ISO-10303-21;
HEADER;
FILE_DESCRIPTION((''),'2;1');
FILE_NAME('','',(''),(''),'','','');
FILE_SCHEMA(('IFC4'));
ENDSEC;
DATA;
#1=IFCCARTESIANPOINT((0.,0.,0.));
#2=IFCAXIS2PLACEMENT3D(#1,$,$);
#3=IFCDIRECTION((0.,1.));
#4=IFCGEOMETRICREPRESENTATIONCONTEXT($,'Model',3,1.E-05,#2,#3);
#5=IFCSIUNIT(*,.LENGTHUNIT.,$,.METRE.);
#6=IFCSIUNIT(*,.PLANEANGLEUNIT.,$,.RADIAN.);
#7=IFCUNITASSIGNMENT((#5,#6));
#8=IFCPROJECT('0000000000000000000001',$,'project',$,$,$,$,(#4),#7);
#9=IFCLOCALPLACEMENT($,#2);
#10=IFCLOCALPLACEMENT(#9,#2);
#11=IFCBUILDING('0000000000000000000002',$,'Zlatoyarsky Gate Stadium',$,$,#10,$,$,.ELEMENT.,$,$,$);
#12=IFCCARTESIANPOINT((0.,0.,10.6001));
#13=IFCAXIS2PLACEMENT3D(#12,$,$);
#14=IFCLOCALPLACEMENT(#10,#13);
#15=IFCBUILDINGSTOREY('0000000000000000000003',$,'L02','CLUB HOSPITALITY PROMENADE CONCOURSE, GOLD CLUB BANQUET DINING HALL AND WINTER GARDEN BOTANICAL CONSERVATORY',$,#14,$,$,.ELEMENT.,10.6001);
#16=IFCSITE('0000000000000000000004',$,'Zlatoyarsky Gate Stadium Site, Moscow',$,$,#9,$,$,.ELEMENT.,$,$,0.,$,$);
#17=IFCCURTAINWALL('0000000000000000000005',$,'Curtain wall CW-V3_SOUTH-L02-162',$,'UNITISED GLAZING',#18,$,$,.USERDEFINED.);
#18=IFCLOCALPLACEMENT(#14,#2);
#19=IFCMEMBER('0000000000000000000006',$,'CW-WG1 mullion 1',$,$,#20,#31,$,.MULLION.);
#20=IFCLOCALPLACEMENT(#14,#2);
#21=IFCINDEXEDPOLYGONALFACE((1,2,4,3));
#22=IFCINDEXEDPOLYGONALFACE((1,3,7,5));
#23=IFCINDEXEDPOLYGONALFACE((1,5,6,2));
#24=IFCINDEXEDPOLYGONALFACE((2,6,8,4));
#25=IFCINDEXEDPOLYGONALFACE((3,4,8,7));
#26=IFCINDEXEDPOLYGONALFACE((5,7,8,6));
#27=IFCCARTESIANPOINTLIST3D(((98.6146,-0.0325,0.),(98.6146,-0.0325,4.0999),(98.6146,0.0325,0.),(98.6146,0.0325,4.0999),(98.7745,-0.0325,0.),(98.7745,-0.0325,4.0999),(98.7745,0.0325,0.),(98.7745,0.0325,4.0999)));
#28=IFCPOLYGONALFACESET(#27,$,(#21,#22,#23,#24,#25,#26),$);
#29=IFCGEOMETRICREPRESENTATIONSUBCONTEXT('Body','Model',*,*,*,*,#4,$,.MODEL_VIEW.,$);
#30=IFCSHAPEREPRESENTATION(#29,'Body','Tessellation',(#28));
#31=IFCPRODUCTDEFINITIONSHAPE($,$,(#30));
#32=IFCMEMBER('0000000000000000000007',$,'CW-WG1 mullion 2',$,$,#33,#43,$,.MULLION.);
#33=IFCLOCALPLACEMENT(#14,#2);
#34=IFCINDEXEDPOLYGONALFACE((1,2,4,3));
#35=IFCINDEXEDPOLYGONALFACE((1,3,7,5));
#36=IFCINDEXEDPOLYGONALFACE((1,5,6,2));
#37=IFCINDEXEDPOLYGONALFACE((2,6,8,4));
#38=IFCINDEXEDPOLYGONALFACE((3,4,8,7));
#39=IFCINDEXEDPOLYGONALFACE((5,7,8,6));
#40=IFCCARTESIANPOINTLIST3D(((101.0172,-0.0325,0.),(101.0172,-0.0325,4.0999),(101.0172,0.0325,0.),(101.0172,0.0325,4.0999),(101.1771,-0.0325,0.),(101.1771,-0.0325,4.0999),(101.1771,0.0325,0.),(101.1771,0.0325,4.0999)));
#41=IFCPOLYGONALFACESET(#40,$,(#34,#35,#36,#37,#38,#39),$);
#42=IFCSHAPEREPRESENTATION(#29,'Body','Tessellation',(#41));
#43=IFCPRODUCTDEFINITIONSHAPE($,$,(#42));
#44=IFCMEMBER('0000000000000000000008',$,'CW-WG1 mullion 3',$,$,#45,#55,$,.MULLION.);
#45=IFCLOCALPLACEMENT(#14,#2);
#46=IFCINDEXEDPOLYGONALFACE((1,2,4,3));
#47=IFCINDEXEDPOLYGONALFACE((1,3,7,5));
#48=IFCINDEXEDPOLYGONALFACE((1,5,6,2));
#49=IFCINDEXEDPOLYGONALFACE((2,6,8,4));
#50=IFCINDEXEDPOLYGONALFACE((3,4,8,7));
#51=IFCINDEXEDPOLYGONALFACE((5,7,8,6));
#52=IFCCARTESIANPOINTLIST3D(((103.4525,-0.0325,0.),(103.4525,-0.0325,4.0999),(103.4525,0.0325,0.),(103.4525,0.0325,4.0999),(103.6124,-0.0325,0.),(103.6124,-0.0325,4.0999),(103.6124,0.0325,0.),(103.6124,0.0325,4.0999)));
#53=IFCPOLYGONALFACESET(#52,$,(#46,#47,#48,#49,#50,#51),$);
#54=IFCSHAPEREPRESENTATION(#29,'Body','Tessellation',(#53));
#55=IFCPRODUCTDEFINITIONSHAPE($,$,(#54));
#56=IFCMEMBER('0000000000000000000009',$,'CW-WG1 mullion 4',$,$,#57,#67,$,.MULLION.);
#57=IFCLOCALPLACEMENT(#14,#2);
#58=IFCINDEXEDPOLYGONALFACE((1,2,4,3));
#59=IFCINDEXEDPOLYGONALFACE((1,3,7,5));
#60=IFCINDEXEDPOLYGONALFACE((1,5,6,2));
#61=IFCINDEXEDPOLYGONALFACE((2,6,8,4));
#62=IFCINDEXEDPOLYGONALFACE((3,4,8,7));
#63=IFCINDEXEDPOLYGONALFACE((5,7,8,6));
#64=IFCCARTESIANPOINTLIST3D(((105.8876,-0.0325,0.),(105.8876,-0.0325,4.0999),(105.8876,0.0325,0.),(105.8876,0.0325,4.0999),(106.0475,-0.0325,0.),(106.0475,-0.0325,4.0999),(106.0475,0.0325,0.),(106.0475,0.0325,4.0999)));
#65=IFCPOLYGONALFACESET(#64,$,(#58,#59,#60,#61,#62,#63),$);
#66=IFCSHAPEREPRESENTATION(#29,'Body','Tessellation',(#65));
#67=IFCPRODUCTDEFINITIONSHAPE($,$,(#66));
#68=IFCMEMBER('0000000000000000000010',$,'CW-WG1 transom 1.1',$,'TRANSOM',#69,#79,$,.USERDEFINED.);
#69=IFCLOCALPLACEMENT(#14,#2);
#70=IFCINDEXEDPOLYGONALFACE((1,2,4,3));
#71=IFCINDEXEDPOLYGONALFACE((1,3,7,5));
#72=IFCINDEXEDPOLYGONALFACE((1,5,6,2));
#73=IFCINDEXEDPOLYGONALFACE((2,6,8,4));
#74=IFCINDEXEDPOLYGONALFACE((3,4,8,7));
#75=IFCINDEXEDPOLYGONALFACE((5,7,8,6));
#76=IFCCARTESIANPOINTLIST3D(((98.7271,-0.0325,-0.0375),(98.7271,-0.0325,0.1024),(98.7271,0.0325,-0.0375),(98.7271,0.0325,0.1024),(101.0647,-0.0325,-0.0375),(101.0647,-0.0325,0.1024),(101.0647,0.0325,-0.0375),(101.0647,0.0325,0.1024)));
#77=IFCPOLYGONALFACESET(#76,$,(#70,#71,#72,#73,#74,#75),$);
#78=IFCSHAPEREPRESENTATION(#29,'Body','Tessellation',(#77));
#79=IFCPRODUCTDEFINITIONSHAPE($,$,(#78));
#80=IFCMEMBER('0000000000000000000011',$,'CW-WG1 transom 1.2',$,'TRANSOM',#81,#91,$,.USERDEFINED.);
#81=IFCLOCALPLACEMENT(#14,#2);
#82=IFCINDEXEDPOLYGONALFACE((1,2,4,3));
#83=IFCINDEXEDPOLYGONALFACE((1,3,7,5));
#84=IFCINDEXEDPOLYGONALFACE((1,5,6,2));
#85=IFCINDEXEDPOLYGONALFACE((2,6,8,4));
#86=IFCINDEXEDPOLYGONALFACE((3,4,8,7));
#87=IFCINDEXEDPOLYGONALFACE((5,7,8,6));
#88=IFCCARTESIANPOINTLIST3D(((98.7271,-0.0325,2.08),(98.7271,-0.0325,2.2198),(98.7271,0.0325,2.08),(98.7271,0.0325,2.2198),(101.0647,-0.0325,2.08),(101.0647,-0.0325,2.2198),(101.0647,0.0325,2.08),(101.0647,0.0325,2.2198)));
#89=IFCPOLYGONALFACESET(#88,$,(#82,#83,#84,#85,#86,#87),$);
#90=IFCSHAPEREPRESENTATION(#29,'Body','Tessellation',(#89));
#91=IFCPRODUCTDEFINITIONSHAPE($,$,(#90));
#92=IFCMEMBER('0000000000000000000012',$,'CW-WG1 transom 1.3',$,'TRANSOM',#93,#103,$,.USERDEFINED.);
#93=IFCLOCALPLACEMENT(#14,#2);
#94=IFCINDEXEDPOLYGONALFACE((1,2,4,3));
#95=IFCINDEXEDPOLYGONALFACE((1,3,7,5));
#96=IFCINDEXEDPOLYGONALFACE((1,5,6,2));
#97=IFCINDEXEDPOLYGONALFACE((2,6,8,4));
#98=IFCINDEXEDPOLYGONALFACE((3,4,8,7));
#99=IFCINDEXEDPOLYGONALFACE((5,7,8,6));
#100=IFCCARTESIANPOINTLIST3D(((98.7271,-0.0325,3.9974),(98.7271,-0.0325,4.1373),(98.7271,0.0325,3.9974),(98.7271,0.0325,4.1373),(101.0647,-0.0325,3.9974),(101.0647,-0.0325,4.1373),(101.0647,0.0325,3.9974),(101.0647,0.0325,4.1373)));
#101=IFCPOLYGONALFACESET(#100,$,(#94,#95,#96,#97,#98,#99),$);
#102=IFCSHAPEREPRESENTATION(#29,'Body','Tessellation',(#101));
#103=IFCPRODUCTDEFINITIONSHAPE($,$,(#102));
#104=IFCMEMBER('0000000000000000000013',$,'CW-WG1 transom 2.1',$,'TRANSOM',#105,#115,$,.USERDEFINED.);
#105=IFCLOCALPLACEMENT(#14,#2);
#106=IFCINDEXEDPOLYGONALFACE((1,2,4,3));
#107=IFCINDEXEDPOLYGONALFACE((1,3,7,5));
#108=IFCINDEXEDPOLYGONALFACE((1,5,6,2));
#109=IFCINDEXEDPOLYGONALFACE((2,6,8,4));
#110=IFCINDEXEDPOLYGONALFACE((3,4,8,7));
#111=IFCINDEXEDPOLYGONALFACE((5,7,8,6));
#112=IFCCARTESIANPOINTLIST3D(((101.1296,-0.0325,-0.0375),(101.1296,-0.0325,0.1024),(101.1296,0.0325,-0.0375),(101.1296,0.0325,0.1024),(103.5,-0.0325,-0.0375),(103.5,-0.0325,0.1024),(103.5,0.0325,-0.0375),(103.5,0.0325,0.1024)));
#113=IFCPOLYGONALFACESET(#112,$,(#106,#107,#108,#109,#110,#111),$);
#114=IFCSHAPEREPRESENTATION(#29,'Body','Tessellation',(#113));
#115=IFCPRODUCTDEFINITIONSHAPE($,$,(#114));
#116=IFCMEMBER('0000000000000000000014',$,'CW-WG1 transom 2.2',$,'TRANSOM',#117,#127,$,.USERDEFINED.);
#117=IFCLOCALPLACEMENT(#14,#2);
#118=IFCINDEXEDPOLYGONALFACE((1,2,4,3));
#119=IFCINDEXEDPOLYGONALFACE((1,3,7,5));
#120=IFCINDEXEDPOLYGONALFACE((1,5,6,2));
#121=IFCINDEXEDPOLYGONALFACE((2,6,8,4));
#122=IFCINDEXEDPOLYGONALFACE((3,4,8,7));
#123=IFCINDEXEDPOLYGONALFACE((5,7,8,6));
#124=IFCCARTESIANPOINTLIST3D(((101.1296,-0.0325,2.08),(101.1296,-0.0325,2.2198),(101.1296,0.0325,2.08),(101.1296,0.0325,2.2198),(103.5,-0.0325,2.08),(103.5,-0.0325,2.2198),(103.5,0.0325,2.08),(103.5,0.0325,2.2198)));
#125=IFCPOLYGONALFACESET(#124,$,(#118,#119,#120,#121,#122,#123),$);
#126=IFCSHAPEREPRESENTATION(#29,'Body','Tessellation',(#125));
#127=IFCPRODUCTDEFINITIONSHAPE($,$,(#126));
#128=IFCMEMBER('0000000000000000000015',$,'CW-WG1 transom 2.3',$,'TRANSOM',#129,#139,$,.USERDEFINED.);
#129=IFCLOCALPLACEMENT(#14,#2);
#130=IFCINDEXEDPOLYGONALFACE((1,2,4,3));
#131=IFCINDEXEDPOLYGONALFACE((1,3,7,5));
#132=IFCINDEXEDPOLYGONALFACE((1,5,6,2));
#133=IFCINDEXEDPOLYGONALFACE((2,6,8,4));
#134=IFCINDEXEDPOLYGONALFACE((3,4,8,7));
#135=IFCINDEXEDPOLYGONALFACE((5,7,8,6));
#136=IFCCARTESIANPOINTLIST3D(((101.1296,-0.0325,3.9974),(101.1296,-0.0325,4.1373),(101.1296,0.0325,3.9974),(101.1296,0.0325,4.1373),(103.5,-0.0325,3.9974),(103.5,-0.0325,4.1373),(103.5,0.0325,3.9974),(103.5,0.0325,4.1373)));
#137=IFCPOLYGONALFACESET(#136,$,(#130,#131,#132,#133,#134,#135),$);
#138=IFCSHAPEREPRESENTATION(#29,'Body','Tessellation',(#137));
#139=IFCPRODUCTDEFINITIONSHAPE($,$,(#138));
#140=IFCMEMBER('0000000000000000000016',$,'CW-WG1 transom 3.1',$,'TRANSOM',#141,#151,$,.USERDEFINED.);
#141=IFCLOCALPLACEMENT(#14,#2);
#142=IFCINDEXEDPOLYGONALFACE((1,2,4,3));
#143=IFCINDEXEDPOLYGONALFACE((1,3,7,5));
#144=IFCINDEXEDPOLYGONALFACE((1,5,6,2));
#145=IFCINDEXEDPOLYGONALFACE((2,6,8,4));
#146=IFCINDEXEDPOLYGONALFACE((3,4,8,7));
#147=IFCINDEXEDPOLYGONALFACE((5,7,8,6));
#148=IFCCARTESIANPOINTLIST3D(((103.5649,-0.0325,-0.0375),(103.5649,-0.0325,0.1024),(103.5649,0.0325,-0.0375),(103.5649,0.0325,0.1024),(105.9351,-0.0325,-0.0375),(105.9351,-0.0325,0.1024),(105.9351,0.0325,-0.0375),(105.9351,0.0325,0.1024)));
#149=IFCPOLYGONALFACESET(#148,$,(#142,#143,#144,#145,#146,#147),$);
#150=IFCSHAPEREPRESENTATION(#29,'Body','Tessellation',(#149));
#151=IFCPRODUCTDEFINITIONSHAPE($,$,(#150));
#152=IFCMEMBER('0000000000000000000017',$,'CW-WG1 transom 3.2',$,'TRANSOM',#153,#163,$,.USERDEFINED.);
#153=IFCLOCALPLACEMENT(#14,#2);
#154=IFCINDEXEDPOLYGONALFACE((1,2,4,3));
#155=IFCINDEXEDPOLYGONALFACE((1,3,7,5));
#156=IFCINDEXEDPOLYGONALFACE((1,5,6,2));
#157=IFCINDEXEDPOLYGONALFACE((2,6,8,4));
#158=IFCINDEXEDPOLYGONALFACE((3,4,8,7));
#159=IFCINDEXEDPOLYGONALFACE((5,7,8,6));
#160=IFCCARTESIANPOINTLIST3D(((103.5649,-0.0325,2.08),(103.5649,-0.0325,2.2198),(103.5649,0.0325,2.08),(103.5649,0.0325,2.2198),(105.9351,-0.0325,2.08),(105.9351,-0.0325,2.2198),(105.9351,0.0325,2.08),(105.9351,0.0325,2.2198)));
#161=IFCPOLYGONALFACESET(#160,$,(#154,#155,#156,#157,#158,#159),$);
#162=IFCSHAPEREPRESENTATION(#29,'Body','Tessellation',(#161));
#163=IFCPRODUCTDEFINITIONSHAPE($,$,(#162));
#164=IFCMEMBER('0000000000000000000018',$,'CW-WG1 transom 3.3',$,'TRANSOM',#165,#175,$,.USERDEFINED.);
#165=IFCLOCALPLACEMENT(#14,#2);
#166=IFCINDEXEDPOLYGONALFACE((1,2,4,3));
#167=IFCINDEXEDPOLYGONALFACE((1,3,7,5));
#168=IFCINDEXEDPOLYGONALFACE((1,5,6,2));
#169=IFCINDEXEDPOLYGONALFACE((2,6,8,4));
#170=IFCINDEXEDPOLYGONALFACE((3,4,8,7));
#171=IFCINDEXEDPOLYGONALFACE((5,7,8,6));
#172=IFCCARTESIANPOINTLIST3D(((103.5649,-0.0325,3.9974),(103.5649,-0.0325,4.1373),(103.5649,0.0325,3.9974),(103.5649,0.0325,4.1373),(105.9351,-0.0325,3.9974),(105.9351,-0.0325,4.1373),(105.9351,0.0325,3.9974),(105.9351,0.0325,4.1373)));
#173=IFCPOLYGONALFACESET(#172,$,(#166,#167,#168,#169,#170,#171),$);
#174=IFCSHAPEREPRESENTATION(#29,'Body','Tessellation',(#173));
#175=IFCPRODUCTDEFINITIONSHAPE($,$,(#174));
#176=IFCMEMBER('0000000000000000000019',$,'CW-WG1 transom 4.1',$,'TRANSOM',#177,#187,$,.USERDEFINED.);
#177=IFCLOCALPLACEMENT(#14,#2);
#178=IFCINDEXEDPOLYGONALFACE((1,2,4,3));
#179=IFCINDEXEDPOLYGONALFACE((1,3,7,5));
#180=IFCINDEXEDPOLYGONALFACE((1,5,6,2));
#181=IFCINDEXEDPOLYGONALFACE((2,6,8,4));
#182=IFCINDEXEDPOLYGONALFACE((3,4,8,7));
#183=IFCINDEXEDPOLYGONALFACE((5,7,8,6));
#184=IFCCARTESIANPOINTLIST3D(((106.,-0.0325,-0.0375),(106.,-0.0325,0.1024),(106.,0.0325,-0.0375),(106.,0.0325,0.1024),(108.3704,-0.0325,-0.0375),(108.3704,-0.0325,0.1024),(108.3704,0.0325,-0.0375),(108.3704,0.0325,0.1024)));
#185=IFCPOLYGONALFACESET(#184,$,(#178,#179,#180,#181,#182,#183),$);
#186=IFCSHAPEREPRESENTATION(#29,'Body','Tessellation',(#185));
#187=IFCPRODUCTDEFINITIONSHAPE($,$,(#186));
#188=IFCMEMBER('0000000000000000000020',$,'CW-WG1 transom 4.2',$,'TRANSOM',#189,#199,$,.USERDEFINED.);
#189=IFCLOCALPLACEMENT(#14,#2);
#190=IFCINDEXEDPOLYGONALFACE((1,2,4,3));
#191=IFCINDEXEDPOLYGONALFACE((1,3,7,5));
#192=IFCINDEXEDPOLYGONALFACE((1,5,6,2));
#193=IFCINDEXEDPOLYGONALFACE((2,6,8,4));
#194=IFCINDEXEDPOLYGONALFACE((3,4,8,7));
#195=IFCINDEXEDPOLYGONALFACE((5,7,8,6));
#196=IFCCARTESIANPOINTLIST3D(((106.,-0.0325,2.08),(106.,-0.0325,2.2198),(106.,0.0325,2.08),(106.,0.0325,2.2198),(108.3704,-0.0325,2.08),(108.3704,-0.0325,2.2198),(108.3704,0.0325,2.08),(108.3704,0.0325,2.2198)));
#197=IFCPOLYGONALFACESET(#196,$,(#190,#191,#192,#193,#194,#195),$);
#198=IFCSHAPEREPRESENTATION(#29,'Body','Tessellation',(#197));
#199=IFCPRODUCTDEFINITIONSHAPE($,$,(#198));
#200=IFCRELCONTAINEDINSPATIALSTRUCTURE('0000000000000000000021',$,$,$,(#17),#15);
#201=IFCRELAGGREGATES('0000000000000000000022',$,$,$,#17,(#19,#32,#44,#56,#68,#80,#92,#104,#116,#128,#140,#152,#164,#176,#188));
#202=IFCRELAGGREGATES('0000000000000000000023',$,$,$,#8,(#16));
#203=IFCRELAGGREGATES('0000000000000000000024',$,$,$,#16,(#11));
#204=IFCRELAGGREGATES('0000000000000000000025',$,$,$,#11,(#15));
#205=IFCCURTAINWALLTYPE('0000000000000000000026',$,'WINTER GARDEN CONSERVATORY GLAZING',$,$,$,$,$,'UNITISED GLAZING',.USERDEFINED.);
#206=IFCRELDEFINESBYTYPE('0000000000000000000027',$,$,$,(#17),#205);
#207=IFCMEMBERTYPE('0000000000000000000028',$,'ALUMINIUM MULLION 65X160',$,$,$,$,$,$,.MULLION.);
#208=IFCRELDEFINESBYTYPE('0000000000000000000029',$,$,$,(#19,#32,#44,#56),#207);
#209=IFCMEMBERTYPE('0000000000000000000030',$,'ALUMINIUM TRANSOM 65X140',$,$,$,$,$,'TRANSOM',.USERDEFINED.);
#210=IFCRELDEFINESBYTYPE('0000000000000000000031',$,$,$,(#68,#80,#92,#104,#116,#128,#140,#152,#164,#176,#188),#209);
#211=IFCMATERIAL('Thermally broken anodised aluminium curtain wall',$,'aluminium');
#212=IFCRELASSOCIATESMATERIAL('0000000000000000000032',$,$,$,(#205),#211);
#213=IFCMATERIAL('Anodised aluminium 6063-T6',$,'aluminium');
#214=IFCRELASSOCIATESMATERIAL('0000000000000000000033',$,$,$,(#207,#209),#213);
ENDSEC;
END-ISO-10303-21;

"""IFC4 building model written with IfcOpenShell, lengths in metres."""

from ifc_helpers import new_model, si_unit, direction, frame, origin, origin_2d, place, context, subcontext, project, spatial, rectangle, extrude, material, material_profile, profile_set, type_object, element, aggregate, save


model = new_model("IFC4")

# Units and contexts
model_context = context("Model", 3, precision=1e-05, world=origin(), true_north=direction((0.0, 1.0)))
body_context = subcontext(model_context, "Body", "Model", "MODEL_VIEW")
ifc_project = project(units=[si_unit("LENGTHUNIT", "METRE"), si_unit("PLANEANGLEUNIT", "RADIAN")], contexts=[model_context])

# Site, building, storey
site_placement = place(None, origin())
site = spatial("IfcSite", under=ifc_project, at=site_placement, Name="Zlatoyarsky Gate Stadium Site, Moscow", CompositionType="ELEMENT", RefElevation=0.0)
building_placement = place(site_placement, origin())
building = spatial("IfcBuilding", under=site, at=building_placement, Name="Zlatoyarsky Gate Stadium", CompositionType="ELEMENT")
storey_placement = place(building_placement, frame((0.0, 0.0, 10.6001)))
storey = spatial("IfcBuildingStorey", under=building, at=storey_placement, Name="L02", Description="CLUB HOSPITALITY PROMENADE CONCOURSE, GOLD CLUB BANQUET DINING HALL AND WINTER GARDEN BOTANICAL CONSERVATORY", CompositionType="ELEMENT", Elevation=10.6001)

# Curtain wall, members
ifc_material_1 = material(Name="Thermally broken anodised aluminium curtain wall", Category="aluminium")
curtain_wall_type = type_object("IfcCurtainWallType", Name="WINTER GARDEN CONSERVATORY GLAZING", ElementType="UNITISED GLAZING", PredefinedType="USERDEFINED", material=ifc_material_1)
curtain_wall_placement = place(storey_placement, origin())
curtain_wall = element("IfcCurtainWall", 1, at=curtain_wall_placement, inside=storey, type_object=curtain_wall_type, Name="Curtain wall CW-V3_SOUTH-L02-162", ObjectType="UNITISED GLAZING", PredefinedType="USERDEFINED")
ifc_material_2 = material(Name="Anodised aluminium 6063-T6", Category="aluminium")
ifc_material_profile_1 = material_profile(ifc_material_2, rectangle(XDim=0.0649, YDim=0.1599, at=origin_2d()), Name="ALU 65X160")
ifc_profile_set_1 = profile_set([ifc_material_profile_1], Name="Anodised aluminium 6063-T6")
member_type_1 = type_object("IfcMemberType", Name="ALUMINIUM MULLION 65X160", PredefinedType="MULLION", material=ifc_profile_set_1)
member_1_placement = place(storey_placement, frame((98.6946, 0.0, 0.0), z_axis=(0.0, 0.0, 1.0), x_axis=(0.0, 1.0, 0.0)))
member_1 = element("IfcMember", 2, at=member_1_placement, type_object=member_type_1, Name="CW-WG1 mullion 1", PredefinedType="MULLION", context=body_context, shape_type="SweptSolid", body=[
    extrude(rectangle(XDim=0.0649, YDim=0.1599, at=origin_2d()), origin(), (0.0, 0.0, 1.0), 4.0999),
])
member_2_placement = place(storey_placement, frame((101.0972, 0.0, 0.0), z_axis=(0.0, 0.0, 1.0), x_axis=(0.0, 1.0, 0.0)))
member_2 = element("IfcMember", 3, at=member_2_placement, type_object=member_type_1, Name="CW-WG1 mullion 2", PredefinedType="MULLION", context=body_context, shape_type="SweptSolid", body=[
    extrude(rectangle(XDim=0.0649, YDim=0.1599, at=origin_2d()), origin(), (0.0, 0.0, 1.0), 4.0999),
])
member_3_placement = place(storey_placement, frame((103.5325, 0.0, 0.0), z_axis=(0.0, 0.0, 1.0), x_axis=(0.0, 1.0, 0.0)))
member_3 = element("IfcMember", 4, at=member_3_placement, type_object=member_type_1, Name="CW-WG1 mullion 3", PredefinedType="MULLION", context=body_context, shape_type="SweptSolid", body=[
    extrude(rectangle(XDim=0.0649, YDim=0.1599, at=origin_2d()), origin(), (0.0, 0.0, 1.0), 4.0999),
])
member_4_placement = place(storey_placement, frame((105.9675, 0.0, 0.0), z_axis=(0.0, 0.0, 1.0), x_axis=(0.0, 1.0, 0.0)))
member_4 = element("IfcMember", 5, at=member_4_placement, type_object=member_type_1, Name="CW-WG1 mullion 4", PredefinedType="MULLION", context=body_context, shape_type="SweptSolid", body=[
    extrude(rectangle(XDim=0.0649, YDim=0.1599, at=origin_2d()), origin(), (0.0, 0.0, 1.0), 4.0999),
])
ifc_material_profile_2 = material_profile(ifc_material_2, rectangle(XDim=0.0649, YDim=0.1399, at=origin_2d()), Name="ALU 65X140")
ifc_profile_set_2 = profile_set([ifc_material_profile_2], Name="Anodised aluminium 6063-T6")
member_type_2 = type_object("IfcMemberType", Name="ALUMINIUM TRANSOM 65X140", ElementType="TRANSOM", PredefinedType="USERDEFINED", material=ifc_profile_set_2)
member_5_placement = place(storey_placement, frame((98.7271, 0.0, 0.0325), z_axis=(1.0, 0.0, 0.0), x_axis=(0.0, 1.0, 0.0)))
member_5 = element("IfcMember", 6, at=member_5_placement, type_object=member_type_2, Name="CW-WG1 transom 1.1", ObjectType="TRANSOM", PredefinedType="USERDEFINED", context=body_context, shape_type="SweptSolid", body=[
    extrude(rectangle(XDim=0.0649, YDim=0.1399, at=origin_2d()), origin(), (0.0, 0.0, 1.0), 2.3376),
])
member_6_placement = place(storey_placement, frame((98.7271, 0.0, 2.1499), z_axis=(1.0, 0.0, 0.0), x_axis=(0.0, 1.0, 0.0)))
member_6 = element("IfcMember", 7, at=member_6_placement, type_object=member_type_2, Name="CW-WG1 transom 1.2", ObjectType="TRANSOM", PredefinedType="USERDEFINED", context=body_context, shape_type="SweptSolid", body=[
    extrude(rectangle(XDim=0.0649, YDim=0.1399, at=origin_2d()), origin(), (0.0, 0.0, 1.0), 2.3376),
])
member_7_placement = place(storey_placement, frame((98.7271, 0.0, 4.0674), z_axis=(1.0, 0.0, 0.0), x_axis=(0.0, 1.0, 0.0)))
member_7 = element("IfcMember", 8, at=member_7_placement, type_object=member_type_2, Name="CW-WG1 transom 1.3", ObjectType="TRANSOM", PredefinedType="USERDEFINED", context=body_context, shape_type="SweptSolid", body=[
    extrude(rectangle(XDim=0.0649, YDim=0.1399, at=origin_2d()), origin(), (0.0, 0.0, 1.0), 2.3376),
])
member_8_placement = place(storey_placement, frame((101.1296, 0.0, 0.0325), z_axis=(1.0, 0.0, 0.0), x_axis=(0.0, 1.0, 0.0)))
member_8 = element("IfcMember", 9, at=member_8_placement, type_object=member_type_2, Name="CW-WG1 transom 2.1", ObjectType="TRANSOM", PredefinedType="USERDEFINED", context=body_context, shape_type="SweptSolid", body=[
    extrude(rectangle(XDim=0.0649, YDim=0.1399, at=origin_2d()), origin(), (0.0, 0.0, 1.0), 2.3704),
])
member_9_placement = place(storey_placement, frame((101.1296, 0.0, 2.1499), z_axis=(1.0, 0.0, 0.0), x_axis=(0.0, 1.0, 0.0)))
member_9 = element("IfcMember", 10, at=member_9_placement, type_object=member_type_2, Name="CW-WG1 transom 2.2", ObjectType="TRANSOM", PredefinedType="USERDEFINED", context=body_context, shape_type="SweptSolid", body=[
    extrude(rectangle(XDim=0.0649, YDim=0.1399, at=origin_2d()), origin(), (0.0, 0.0, 1.0), 2.3704),
])
member_10_placement = place(storey_placement, frame((101.1296, 0.0, 4.0674), z_axis=(1.0, 0.0, 0.0), x_axis=(0.0, 1.0, 0.0)))
member_10 = element("IfcMember", 11, at=member_10_placement, type_object=member_type_2, Name="CW-WG1 transom 2.3", ObjectType="TRANSOM", PredefinedType="USERDEFINED", context=body_context, shape_type="SweptSolid", body=[
    extrude(rectangle(XDim=0.0649, YDim=0.1399, at=origin_2d()), origin(), (0.0, 0.0, 1.0), 2.3704),
])
member_11_placement = place(storey_placement, frame((103.5649, 0.0, 0.0325), z_axis=(1.0, 0.0, 0.0), x_axis=(0.0, 1.0, 0.0)))
member_11 = element("IfcMember", 12, at=member_11_placement, type_object=member_type_2, Name="CW-WG1 transom 3.1", ObjectType="TRANSOM", PredefinedType="USERDEFINED", context=body_context, shape_type="SweptSolid", body=[
    extrude(rectangle(XDim=0.0649, YDim=0.1399, at=origin_2d()), origin(), (0.0, 0.0, 1.0), 2.3701),
])
member_12_placement = place(storey_placement, frame((103.5649, 0.0, 2.1499), z_axis=(1.0, 0.0, 0.0), x_axis=(0.0, 1.0, 0.0)))
member_12 = element("IfcMember", 13, at=member_12_placement, type_object=member_type_2, Name="CW-WG1 transom 3.2", ObjectType="TRANSOM", PredefinedType="USERDEFINED", context=body_context, shape_type="SweptSolid", body=[
    extrude(rectangle(XDim=0.0649, YDim=0.1399, at=origin_2d()), origin(), (0.0, 0.0, 1.0), 2.3701),
])
member_13_placement = place(storey_placement, frame((103.5649, 0.0, 4.0674), z_axis=(1.0, 0.0, 0.0), x_axis=(0.0, 1.0, 0.0)))
member_13 = element("IfcMember", 14, at=member_13_placement, type_object=member_type_2, Name="CW-WG1 transom 3.3", ObjectType="TRANSOM", PredefinedType="USERDEFINED", context=body_context, shape_type="SweptSolid", body=[
    extrude(rectangle(XDim=0.0649, YDim=0.1399, at=origin_2d()), origin(), (0.0, 0.0, 1.0), 2.3701),
])
member_14_placement = place(storey_placement, frame((106.0, 0.0, 0.0325), z_axis=(1.0, 0.0, 0.0), x_axis=(0.0, 1.0, 0.0)))
member_14 = element("IfcMember", 15, at=member_14_placement, type_object=member_type_2, Name="CW-WG1 transom 4.1", ObjectType="TRANSOM", PredefinedType="USERDEFINED", context=body_context, shape_type="SweptSolid", body=[
    extrude(rectangle(XDim=0.0649, YDim=0.1399, at=origin_2d()), origin(), (0.0, 0.0, 1.0), 2.3704),
])
member_15_placement = place(storey_placement, frame((106.0, 0.0, 2.1499), z_axis=(1.0, 0.0, 0.0), x_axis=(0.0, 1.0, 0.0)))
member_15 = element("IfcMember", 16, at=member_15_placement, type_object=member_type_2, Name="CW-WG1 transom 4.2", ObjectType="TRANSOM", PredefinedType="USERDEFINED", context=body_context, shape_type="SweptSolid", body=[
    extrude(rectangle(XDim=0.0649, YDim=0.1399, at=origin_2d()), origin(), (0.0, 0.0, 1.0), 2.3704),
])

aggregate(curtain_wall, [member_1, member_2, member_3, member_4, member_5, member_6, member_7, member_8, member_9, member_10, member_11, member_12, member_13, member_14, member_15])

save(model, "model.ifc")
